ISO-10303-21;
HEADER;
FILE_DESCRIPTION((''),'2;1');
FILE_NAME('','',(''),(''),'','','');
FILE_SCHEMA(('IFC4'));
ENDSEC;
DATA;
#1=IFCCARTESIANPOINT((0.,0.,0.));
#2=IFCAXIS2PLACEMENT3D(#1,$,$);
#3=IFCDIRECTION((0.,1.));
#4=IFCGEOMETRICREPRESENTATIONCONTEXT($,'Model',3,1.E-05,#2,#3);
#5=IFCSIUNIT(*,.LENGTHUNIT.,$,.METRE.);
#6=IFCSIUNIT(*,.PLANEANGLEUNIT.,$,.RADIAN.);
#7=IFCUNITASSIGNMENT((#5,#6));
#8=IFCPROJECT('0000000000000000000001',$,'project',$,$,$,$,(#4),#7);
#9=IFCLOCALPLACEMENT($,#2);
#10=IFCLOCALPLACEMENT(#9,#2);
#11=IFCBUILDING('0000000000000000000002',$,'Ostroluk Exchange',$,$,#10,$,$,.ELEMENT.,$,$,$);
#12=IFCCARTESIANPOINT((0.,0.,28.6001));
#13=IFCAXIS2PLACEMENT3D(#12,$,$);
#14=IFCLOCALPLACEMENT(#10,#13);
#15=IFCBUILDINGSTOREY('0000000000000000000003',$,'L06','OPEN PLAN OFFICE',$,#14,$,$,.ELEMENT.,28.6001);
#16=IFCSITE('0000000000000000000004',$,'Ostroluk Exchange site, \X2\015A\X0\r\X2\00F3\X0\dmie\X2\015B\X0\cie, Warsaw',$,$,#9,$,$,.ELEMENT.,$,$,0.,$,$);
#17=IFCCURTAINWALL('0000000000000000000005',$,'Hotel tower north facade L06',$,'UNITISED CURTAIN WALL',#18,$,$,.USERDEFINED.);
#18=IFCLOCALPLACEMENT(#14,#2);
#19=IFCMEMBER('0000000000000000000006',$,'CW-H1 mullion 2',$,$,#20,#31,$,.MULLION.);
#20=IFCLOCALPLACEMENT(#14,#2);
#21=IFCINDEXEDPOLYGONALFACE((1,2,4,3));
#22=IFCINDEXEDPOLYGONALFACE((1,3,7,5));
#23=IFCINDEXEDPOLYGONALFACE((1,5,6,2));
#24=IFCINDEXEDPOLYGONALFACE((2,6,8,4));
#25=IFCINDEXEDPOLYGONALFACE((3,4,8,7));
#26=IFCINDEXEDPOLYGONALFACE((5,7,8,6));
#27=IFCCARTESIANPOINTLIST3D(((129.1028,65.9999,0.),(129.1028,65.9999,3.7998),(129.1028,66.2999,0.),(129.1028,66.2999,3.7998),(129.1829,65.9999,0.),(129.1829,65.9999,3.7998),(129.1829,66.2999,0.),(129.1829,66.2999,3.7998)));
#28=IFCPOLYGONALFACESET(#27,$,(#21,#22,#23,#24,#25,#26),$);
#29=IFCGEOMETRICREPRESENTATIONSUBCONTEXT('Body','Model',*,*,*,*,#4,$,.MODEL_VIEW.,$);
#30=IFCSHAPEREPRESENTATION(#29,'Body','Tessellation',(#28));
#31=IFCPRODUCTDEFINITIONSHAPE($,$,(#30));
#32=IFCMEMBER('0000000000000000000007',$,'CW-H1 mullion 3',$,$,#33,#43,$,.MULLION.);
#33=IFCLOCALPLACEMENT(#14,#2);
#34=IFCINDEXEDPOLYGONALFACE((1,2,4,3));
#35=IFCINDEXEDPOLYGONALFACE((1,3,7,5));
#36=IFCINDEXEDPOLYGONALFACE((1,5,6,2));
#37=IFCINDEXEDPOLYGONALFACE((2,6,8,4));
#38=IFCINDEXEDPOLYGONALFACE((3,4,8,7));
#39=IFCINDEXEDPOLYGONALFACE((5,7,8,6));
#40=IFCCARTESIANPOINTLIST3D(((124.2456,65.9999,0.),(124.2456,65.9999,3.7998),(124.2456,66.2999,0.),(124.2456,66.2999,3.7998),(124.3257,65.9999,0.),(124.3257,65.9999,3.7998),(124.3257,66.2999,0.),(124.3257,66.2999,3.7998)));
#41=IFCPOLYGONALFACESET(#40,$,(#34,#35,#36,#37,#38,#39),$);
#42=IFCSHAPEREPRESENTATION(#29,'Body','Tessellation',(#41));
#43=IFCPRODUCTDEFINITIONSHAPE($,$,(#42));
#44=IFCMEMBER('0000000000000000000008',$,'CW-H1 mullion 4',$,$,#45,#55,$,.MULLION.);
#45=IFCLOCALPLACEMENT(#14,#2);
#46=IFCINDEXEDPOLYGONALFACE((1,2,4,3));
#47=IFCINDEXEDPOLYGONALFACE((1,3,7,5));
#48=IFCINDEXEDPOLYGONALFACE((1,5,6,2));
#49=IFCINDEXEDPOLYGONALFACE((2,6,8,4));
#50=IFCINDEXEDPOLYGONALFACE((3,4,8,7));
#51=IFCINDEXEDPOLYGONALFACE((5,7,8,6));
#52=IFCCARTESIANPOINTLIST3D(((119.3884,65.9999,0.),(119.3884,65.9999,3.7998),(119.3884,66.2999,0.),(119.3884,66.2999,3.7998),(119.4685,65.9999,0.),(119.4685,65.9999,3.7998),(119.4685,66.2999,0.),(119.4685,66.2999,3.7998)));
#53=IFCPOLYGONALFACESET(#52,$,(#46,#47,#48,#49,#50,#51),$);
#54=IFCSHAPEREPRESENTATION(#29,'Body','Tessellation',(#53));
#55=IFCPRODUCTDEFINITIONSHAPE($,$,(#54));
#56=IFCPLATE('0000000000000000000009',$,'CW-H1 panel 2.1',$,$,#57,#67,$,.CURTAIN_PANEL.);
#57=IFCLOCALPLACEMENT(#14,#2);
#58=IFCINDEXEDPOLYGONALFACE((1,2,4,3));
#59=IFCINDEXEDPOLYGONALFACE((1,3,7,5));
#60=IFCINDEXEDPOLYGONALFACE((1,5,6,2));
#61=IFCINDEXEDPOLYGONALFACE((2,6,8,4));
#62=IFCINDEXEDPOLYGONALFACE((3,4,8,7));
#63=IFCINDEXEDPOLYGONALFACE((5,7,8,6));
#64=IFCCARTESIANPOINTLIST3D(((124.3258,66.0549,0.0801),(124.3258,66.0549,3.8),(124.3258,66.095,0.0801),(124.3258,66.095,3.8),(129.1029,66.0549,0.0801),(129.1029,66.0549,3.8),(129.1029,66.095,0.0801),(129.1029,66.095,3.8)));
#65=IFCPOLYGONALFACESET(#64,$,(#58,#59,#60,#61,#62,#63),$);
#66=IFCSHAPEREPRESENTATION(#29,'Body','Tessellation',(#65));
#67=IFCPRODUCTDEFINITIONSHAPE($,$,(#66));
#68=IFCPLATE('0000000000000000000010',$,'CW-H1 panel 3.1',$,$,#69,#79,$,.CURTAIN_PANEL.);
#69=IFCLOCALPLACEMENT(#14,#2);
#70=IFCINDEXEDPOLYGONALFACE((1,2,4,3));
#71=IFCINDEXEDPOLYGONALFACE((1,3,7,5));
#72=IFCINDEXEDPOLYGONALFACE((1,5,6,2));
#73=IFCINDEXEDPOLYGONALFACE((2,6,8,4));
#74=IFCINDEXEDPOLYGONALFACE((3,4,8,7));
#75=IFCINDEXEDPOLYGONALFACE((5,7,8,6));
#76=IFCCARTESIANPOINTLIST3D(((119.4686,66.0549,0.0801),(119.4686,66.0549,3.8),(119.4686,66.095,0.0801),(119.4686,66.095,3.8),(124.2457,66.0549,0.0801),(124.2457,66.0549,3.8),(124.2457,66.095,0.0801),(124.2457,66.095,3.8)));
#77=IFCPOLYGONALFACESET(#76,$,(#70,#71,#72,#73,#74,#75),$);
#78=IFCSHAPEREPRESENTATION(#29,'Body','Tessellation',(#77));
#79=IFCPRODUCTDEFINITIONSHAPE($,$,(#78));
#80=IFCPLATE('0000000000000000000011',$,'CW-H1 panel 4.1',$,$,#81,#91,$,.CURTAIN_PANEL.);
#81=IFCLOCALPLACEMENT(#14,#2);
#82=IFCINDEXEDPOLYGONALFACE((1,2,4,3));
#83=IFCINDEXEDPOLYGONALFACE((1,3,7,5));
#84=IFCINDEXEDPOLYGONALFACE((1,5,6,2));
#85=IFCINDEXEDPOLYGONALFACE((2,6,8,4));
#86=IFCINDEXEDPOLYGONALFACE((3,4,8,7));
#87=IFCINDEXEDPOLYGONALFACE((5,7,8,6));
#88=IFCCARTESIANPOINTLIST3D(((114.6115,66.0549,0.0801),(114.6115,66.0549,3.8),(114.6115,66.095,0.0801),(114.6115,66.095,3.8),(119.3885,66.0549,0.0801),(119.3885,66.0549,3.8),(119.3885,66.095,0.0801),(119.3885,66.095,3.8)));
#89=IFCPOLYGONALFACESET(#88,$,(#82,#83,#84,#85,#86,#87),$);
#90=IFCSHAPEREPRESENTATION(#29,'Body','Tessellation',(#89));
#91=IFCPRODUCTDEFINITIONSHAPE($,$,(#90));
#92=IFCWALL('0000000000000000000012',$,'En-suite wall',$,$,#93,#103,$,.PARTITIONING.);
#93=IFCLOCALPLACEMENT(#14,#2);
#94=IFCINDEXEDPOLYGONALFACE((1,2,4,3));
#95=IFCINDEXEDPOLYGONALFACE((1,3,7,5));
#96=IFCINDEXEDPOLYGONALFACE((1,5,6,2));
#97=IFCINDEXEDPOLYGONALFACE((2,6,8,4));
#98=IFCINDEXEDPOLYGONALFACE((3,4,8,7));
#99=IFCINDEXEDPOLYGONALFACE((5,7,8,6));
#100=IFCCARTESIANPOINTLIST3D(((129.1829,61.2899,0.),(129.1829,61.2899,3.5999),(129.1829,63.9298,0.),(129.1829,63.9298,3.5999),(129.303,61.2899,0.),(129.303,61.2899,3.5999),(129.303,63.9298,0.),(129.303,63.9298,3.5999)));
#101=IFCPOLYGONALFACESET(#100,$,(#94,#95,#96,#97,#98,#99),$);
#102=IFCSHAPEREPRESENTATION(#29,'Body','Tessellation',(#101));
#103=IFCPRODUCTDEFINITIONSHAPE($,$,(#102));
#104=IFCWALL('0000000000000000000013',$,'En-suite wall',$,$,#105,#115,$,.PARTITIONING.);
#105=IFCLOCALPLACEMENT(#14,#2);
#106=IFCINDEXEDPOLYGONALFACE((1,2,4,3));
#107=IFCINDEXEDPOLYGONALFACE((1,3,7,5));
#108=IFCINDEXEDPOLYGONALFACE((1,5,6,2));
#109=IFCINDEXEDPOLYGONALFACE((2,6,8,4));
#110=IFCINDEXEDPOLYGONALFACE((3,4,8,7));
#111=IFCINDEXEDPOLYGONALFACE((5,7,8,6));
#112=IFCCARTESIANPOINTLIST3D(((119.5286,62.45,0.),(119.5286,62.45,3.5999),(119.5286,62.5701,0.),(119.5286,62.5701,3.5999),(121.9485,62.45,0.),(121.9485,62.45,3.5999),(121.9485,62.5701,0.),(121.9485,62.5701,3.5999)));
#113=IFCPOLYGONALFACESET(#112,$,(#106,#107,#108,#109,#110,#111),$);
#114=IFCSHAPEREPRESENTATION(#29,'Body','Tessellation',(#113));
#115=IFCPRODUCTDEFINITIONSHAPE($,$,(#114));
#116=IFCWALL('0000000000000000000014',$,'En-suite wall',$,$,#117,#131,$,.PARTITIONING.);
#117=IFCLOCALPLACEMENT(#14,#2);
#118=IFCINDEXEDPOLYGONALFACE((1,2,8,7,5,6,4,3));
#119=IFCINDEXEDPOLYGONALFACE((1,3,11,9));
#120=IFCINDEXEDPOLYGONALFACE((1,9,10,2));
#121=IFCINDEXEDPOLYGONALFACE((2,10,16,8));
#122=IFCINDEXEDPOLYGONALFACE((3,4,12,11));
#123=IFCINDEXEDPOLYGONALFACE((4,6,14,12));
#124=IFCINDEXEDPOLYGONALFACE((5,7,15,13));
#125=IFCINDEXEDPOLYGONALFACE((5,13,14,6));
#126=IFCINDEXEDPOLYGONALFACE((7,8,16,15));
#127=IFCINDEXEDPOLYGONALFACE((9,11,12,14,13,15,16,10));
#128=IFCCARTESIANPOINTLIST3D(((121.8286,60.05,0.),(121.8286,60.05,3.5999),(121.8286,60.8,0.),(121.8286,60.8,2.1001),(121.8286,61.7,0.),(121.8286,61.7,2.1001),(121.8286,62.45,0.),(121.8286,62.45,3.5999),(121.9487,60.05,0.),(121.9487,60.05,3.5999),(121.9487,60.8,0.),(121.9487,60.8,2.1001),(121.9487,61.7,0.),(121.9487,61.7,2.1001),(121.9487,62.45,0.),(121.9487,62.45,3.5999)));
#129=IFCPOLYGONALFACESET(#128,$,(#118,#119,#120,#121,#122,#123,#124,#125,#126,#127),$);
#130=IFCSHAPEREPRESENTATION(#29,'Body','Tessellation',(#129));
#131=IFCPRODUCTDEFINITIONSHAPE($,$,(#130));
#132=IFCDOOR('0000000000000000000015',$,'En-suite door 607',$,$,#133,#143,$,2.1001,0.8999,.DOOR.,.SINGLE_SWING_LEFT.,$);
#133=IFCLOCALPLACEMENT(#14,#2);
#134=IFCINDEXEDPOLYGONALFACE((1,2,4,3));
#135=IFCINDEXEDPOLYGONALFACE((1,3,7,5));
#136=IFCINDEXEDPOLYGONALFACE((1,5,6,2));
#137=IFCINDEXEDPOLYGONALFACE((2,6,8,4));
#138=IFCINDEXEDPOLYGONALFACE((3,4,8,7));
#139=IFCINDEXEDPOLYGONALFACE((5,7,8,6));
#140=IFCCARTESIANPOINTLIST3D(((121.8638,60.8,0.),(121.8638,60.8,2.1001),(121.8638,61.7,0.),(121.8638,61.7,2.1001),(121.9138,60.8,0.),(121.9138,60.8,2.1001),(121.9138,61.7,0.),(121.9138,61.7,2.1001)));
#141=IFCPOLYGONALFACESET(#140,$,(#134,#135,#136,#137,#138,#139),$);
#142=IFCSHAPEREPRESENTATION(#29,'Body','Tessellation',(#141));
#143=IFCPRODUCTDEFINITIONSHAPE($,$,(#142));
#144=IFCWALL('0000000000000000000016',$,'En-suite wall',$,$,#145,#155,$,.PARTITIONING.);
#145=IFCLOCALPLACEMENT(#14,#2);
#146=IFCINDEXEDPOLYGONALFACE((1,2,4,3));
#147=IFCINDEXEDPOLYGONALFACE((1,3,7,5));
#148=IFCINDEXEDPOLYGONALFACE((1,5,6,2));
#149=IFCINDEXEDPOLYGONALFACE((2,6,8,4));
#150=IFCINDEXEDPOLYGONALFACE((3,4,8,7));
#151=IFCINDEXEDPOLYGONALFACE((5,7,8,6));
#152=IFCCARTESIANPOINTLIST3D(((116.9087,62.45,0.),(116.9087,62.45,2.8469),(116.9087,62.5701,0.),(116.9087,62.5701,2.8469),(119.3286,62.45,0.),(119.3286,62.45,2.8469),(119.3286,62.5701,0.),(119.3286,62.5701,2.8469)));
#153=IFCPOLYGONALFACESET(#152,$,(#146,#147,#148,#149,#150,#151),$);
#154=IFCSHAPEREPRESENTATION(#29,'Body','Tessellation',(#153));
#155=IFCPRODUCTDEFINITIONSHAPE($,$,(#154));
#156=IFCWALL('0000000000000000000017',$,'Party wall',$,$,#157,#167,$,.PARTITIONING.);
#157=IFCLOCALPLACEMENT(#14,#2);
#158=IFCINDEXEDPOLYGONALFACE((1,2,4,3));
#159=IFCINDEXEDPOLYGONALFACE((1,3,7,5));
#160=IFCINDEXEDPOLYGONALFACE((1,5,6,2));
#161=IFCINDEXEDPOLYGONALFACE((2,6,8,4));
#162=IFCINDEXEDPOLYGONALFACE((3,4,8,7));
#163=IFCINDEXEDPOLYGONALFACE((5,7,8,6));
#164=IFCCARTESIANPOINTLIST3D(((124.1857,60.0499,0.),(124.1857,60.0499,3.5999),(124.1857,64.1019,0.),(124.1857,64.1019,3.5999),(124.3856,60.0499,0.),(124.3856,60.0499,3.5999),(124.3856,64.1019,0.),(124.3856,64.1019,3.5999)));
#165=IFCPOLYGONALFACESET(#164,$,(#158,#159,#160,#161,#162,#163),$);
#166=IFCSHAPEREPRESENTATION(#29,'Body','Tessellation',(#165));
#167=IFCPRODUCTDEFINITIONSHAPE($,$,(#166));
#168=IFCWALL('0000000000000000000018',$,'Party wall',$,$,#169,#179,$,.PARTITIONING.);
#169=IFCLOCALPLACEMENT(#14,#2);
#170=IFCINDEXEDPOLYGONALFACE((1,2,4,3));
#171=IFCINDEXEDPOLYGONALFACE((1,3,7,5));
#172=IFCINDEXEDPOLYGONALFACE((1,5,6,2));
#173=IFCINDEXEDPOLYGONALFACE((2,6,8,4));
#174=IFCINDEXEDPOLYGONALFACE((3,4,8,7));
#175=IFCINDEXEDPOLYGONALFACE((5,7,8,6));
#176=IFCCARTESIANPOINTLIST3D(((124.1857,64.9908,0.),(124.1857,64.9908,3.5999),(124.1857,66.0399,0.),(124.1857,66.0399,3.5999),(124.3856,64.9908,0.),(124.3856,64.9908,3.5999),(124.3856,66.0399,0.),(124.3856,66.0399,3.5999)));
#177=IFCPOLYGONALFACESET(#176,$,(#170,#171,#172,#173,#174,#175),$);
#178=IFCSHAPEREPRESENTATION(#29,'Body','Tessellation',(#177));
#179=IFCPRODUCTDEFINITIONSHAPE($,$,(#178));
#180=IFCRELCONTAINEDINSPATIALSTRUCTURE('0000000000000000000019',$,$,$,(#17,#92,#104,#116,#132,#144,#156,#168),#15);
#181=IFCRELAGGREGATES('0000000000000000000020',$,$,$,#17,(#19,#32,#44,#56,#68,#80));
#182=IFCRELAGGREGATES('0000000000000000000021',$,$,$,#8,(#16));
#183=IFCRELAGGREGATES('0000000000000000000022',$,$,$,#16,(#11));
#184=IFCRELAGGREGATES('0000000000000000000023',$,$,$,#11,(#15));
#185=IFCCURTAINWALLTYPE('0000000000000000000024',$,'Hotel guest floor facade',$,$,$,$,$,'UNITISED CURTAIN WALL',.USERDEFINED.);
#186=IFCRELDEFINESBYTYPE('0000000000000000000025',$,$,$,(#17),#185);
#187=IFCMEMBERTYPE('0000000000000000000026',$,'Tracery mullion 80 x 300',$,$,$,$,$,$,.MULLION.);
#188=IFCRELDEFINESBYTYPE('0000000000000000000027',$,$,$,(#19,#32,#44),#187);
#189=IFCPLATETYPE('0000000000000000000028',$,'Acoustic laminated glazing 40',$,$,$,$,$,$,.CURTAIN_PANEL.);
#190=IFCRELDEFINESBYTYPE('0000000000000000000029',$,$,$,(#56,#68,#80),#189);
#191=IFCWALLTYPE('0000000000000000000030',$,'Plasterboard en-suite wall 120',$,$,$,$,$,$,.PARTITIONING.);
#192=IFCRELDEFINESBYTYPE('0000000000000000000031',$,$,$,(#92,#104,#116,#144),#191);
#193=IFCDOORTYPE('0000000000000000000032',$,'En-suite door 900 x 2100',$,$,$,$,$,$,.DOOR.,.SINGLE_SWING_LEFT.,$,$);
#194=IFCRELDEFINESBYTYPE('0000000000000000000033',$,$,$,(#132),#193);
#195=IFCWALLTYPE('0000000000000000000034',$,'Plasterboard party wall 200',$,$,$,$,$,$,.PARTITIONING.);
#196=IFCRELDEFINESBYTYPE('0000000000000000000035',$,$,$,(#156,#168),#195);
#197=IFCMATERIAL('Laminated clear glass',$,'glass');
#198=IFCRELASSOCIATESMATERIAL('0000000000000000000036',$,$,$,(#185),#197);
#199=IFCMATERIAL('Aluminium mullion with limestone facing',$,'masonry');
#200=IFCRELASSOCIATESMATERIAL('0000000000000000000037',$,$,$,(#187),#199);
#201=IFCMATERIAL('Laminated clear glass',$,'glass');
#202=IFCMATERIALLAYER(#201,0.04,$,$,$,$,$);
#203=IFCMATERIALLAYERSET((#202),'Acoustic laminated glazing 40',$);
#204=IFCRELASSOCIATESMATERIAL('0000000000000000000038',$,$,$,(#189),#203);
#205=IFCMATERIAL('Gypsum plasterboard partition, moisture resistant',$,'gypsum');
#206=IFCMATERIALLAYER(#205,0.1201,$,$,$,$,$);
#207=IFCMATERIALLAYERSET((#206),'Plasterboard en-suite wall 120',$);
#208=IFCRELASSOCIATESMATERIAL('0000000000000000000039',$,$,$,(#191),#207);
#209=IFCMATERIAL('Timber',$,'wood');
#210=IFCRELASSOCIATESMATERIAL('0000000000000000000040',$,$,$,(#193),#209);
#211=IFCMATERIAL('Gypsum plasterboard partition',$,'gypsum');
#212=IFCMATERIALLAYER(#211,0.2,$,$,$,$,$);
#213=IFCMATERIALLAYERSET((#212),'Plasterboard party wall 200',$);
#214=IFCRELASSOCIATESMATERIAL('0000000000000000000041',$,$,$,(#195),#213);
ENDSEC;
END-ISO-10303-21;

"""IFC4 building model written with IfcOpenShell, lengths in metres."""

from ifc_helpers import new_model, si_unit, direction, frame, frame_2d, origin, origin_2d, place, context, subcontext, project, spatial, rectangle, extrude, material, layer, layer_set, material_profile, profile_set, type_object, element, fill, aggregate, save


model = new_model("IFC4")

# Units and contexts
model_context = context("Model", 3, precision=1e-05, world=origin(), true_north=direction((0.0, 1.0)))
body_context = subcontext(model_context, "Body", "Model", "MODEL_VIEW")
ifc_project = project(units=[si_unit("LENGTHUNIT", "METRE"), si_unit("PLANEANGLEUNIT", "RADIAN")], contexts=[model_context])

# Site, building, storey
site_placement = place(None, origin())
site = spatial("IfcSite", under=ifc_project, at=site_placement, Name="Ostroluk Exchange site, Śródmieście, Warsaw", CompositionType="ELEMENT", RefElevation=0.0)
building_placement = place(site_placement, origin())
building = spatial("IfcBuilding", under=site, at=building_placement, Name="Ostroluk Exchange", CompositionType="ELEMENT")
storey_placement = place(building_placement, frame((0.0, 0.0, 28.6001)))
storey = spatial("IfcBuildingStorey", under=building, at=storey_placement, Name="L06", Description="OPEN PLAN OFFICE", CompositionType="ELEMENT", Elevation=28.6001)

# Curtain wall, members, plates
ifc_material_1 = material(Name="Laminated clear glass", Category="glass")
curtain_wall_type = type_object("IfcCurtainWallType", Name="Hotel guest floor facade", ElementType="UNITISED CURTAIN WALL", PredefinedType="USERDEFINED", material=ifc_material_1)
curtain_wall_placement = place(storey_placement, origin())
curtain_wall = element("IfcCurtainWall", 1, at=curtain_wall_placement, inside=storey, type_object=curtain_wall_type, Name="Hotel tower north facade L06", ObjectType="UNITISED CURTAIN WALL", PredefinedType="USERDEFINED")
ifc_material_2 = material(Name="Aluminium mullion with limestone facing", Category="masonry")
ifc_material_profile_1 = material_profile(ifc_material_2, rectangle(XDim=0.3, YDim=0.0801, at=origin_2d()), Name="Tracery mullion 80 x 300")
ifc_profile_set_1 = profile_set([ifc_material_profile_1], Name="Aluminium mullion with limestone facing")
member_type_1 = type_object("IfcMemberType", Name="Tracery mullion 80 x 300", PredefinedType="MULLION", material=ifc_profile_set_1)
member_1_placement = place(storey_placement, frame((129.1428, 66.1499, 0.0), z_axis=(0.0, 0.0, 1.0), x_axis=(0.0, -1.0, 0.0)))
member_1 = element("IfcMember", 2, at=member_1_placement, type_object=member_type_1, Name="CW-H1 mullion 2", PredefinedType="MULLION", context=body_context, shape_type="SweptSolid", body=[
    extrude(rectangle(XDim=0.3, YDim=0.0801, at=origin_2d()), origin(), (0.0, 0.0, 1.0), 3.7998),
])
member_2_placement = place(storey_placement, frame((124.2856, 66.1499, 0.0), z_axis=(0.0, 0.0, 1.0), x_axis=(0.0, -1.0, 0.0)))
member_2 = element("IfcMember", 3, at=member_2_placement, type_object=member_type_1, Name="CW-H1 mullion 3", PredefinedType="MULLION", context=body_context, shape_type="SweptSolid", body=[
    extrude(rectangle(XDim=0.3, YDim=0.0801, at=origin_2d()), origin(), (0.0, 0.0, 1.0), 3.7998),
])
member_3_placement = place(storey_placement, frame((119.4285, 66.1499, 0.0), z_axis=(0.0, 0.0, 1.0), x_axis=(0.0, -1.0, 0.0)))
member_3 = element("IfcMember", 4, at=member_3_placement, type_object=member_type_1, Name="CW-H1 mullion 4", PredefinedType="MULLION", context=body_context, shape_type="SweptSolid", body=[
    extrude(rectangle(XDim=0.3, YDim=0.0801, at=origin_2d()), origin(), (0.0, 0.0, 1.0), 3.7998),
])
ifc_material_3 = material(Name="Laminated clear glass", Category="glass")
ifc_layer_1 = layer(ifc_material_3, 0.04)
ifc_layer_set_1 = layer_set([ifc_layer_1], Name="Acoustic laminated glazing 40")
plate_type = type_object("IfcPlateType", Name="Acoustic laminated glazing 40", PredefinedType="CURTAIN_PANEL", material=ifc_layer_set_1)
plate_1_placement = place(storey_placement, frame((126.7144, 66.075, 0.0801), z_axis=(0.0, 0.0, 1.0), x_axis=(-1.0, 0.0, 0.0)))
plate_1 = element("IfcPlate", 5, at=plate_1_placement, type_object=plate_type, Name="CW-H1 panel 2.1", PredefinedType="CURTAIN_PANEL", context=body_context, shape_type="SweptSolid", body=[
    extrude(rectangle(XDim=4.7771, YDim=0.04, at=origin_2d()), origin(), (0.0, 0.0, 1.0), 3.72),
])
plate_2_placement = place(storey_placement, frame((121.8572, 66.075, 0.0801), z_axis=(0.0, 0.0, 1.0), x_axis=(-1.0, 0.0, 0.0)))
plate_2 = element("IfcPlate", 6, at=plate_2_placement, type_object=plate_type, Name="CW-H1 panel 3.1", PredefinedType="CURTAIN_PANEL", context=body_context, shape_type="SweptSolid", body=[
    extrude(rectangle(XDim=4.7771, YDim=0.04, at=origin_2d()), origin(), (0.0, 0.0, 1.0), 3.72),
])
plate_3_placement = place(storey_placement, frame((117.0, 66.075, 0.0801), z_axis=(0.0, 0.0, 1.0), x_axis=(-1.0, 0.0, 0.0)))
plate_3 = element("IfcPlate", 7, at=plate_3_placement, type_object=plate_type, Name="CW-H1 panel 4.1", PredefinedType="CURTAIN_PANEL", context=body_context, shape_type="SweptSolid", body=[
    extrude(rectangle(XDim=4.7771, YDim=0.04, at=origin_2d()), origin(), (0.0, 0.0, 1.0), 3.72),
])
aggregate(curtain_wall, [member_1, member_2, member_3, plate_1, plate_2, plate_3])

# Walls
ifc_material_4 = material(Name="Gypsum plasterboard partition, moisture resistant", Category="gypsum")
ifc_layer_2 = layer(ifc_material_4, 0.1201)
ifc_layer_set_2 = layer_set([ifc_layer_2], Name="Plasterboard en-suite wall 120")
wall_type_1 = type_object("IfcWallType", Name="Plasterboard en-suite wall 120", PredefinedType="PARTITIONING", material=ifc_layer_set_2)
wall_1_placement = place(storey_placement, frame((129.2429, 61.29, 0.0), z_axis=(0.0, 0.0, 1.0), x_axis=(0.0, 1.0, 0.0)))
element("IfcWall", 8, at=wall_1_placement, inside=storey, type_object=wall_type_1, Name="En-suite wall", PredefinedType="PARTITIONING", context=body_context, shape_type="SweptSolid", body=[
    extrude(rectangle(XDim=2.6399, YDim=0.1201, at=frame_2d((1.3198, 0.0))), origin(), (0.0, 0.0, 1.0), 3.5999),
])
wall_2_placement = place(storey_placement, frame((121.9485, 62.51, 0.0), z_axis=(0.0, 0.0, 1.0), x_axis=(-1.0, 0.0, 0.0)))
element("IfcWall", 9, at=wall_2_placement, inside=storey, type_object=wall_type_1, Name="En-suite wall", PredefinedType="PARTITIONING", context=body_context, shape_type="SweptSolid", body=[
    extrude(rectangle(XDim=2.4199, YDim=0.1201, at=frame_2d((1.21, 0.0))), origin(), (0.0, 0.0, 1.0), 3.5999),
])

# Wall, opening, door
wall_3_placement = place(storey_placement, frame((121.8887, 60.05, 0.0), z_axis=(0.0, 0.0, 1.0), x_axis=(0.0, 1.0, 0.0)))
wall_3 = element("IfcWall", 10, at=wall_3_placement, inside=storey, type_object=wall_type_1, Name="En-suite wall", PredefinedType="PARTITIONING", context=body_context, shape_type="SweptSolid", body=[
    extrude(rectangle(XDim=2.3999, YDim=0.1201, at=frame_2d((1.2, 0.0))), origin(), (0.0, 0.0, 1.0), 3.5999),
])
opening_placement = place(wall_3_placement, frame((0.75, 0.0, 0.0)))
opening = element("IfcOpeningElement", 11, at=opening_placement, cuts=wall_3, PredefinedType="OPENING", context=body_context, shape_type="SweptSolid", body=[
    extrude(rectangle(XDim=0.8999, YDim=2.1001, at=frame_2d((0.45, 1.05))), frame((0.0, 0.0701, 0.0), z_axis=(0.0, -1.0, 0.0), x_axis=(1.0, 0.0, 0.0)), (0.0, 0.0, 1.0), 0.1401),
])
ifc_material_5 = material(Name="Timber", Category="wood")
door_type = type_object("IfcDoorType", Name="En-suite door 900 x 2100", OperationType="SINGLE_SWING_LEFT", PredefinedType="DOOR", material=ifc_material_5)
door_placement = place(opening_placement, origin())
door = element("IfcDoor", 12, at=door_placement, inside=storey, type_object=door_type, Name="En-suite door 607", OperationType="SINGLE_SWING_LEFT", OverallHeight=2.1001, OverallWidth=0.8999, PredefinedType="DOOR", context=body_context, shape_type="SweptSolid", body=[
    extrude(rectangle(XDim=0.8999, YDim=2.1001, at=frame_2d((0.45, 1.05))), frame((0.0, 0.0249, 0.0), z_axis=(0.0, -1.0, 0.0), x_axis=(1.0, 0.0, 0.0)), (0.0, 0.0, 1.0), 0.05),
])
fill(opening, door)

# Walls
wall_4_placement = place(storey_placement, frame((119.3286, 62.51, 0.0), z_axis=(0.0, 0.0, 1.0), x_axis=(-1.0, 0.0, 0.0)))
element("IfcWall", 13, at=wall_4_placement, inside=storey, type_object=wall_type_1, Name="En-suite wall", PredefinedType="PARTITIONING", context=body_context, shape_type="SweptSolid", body=[
    extrude(rectangle(XDim=2.4199, YDim=0.1201, at=frame_2d((1.21, 0.0))), origin(), (0.0, 0.0, 1.0), 2.8469),
])
ifc_material_6 = material(Name="Gypsum plasterboard partition", Category="gypsum")
ifc_layer_3 = layer(ifc_material_6, 0.2)
ifc_layer_set_3 = layer_set([ifc_layer_3], Name="Plasterboard party wall 200")
wall_type_2 = type_object("IfcWallType", Name="Plasterboard party wall 200", PredefinedType="PARTITIONING", material=ifc_layer_set_3)
wall_5_placement = place(storey_placement, frame((124.2856, 60.05, 0.0), z_axis=(0.0, 0.0, 1.0), x_axis=(0.0, 1.0, 0.0)))
element("IfcWall", 14, at=wall_5_placement, inside=storey, type_object=wall_type_2, Name="Party wall", PredefinedType="PARTITIONING", context=body_context, shape_type="SweptSolid", body=[
    extrude(rectangle(XDim=4.052, YDim=0.2, at=frame_2d((2.0259, 0.0))), origin(), (0.0, 0.0, 1.0), 3.5999),
])
wall_6_placement = place(storey_placement, frame((124.2856, 64.991, 0.0), z_axis=(0.0, 0.0, 1.0), x_axis=(0.0, 1.0, 0.0)))
element("IfcWall", 15, at=wall_6_placement, inside=storey, type_object=wall_type_2, Name="Party wall", PredefinedType="PARTITIONING", context=body_context, shape_type="SweptSolid", body=[
    extrude(rectangle(XDim=1.0491, YDim=0.2, at=frame_2d((0.5244, 0.0))), origin(), (0.0, 0.0, 1.0), 3.5999),
])

save(model, "model.ifc")
